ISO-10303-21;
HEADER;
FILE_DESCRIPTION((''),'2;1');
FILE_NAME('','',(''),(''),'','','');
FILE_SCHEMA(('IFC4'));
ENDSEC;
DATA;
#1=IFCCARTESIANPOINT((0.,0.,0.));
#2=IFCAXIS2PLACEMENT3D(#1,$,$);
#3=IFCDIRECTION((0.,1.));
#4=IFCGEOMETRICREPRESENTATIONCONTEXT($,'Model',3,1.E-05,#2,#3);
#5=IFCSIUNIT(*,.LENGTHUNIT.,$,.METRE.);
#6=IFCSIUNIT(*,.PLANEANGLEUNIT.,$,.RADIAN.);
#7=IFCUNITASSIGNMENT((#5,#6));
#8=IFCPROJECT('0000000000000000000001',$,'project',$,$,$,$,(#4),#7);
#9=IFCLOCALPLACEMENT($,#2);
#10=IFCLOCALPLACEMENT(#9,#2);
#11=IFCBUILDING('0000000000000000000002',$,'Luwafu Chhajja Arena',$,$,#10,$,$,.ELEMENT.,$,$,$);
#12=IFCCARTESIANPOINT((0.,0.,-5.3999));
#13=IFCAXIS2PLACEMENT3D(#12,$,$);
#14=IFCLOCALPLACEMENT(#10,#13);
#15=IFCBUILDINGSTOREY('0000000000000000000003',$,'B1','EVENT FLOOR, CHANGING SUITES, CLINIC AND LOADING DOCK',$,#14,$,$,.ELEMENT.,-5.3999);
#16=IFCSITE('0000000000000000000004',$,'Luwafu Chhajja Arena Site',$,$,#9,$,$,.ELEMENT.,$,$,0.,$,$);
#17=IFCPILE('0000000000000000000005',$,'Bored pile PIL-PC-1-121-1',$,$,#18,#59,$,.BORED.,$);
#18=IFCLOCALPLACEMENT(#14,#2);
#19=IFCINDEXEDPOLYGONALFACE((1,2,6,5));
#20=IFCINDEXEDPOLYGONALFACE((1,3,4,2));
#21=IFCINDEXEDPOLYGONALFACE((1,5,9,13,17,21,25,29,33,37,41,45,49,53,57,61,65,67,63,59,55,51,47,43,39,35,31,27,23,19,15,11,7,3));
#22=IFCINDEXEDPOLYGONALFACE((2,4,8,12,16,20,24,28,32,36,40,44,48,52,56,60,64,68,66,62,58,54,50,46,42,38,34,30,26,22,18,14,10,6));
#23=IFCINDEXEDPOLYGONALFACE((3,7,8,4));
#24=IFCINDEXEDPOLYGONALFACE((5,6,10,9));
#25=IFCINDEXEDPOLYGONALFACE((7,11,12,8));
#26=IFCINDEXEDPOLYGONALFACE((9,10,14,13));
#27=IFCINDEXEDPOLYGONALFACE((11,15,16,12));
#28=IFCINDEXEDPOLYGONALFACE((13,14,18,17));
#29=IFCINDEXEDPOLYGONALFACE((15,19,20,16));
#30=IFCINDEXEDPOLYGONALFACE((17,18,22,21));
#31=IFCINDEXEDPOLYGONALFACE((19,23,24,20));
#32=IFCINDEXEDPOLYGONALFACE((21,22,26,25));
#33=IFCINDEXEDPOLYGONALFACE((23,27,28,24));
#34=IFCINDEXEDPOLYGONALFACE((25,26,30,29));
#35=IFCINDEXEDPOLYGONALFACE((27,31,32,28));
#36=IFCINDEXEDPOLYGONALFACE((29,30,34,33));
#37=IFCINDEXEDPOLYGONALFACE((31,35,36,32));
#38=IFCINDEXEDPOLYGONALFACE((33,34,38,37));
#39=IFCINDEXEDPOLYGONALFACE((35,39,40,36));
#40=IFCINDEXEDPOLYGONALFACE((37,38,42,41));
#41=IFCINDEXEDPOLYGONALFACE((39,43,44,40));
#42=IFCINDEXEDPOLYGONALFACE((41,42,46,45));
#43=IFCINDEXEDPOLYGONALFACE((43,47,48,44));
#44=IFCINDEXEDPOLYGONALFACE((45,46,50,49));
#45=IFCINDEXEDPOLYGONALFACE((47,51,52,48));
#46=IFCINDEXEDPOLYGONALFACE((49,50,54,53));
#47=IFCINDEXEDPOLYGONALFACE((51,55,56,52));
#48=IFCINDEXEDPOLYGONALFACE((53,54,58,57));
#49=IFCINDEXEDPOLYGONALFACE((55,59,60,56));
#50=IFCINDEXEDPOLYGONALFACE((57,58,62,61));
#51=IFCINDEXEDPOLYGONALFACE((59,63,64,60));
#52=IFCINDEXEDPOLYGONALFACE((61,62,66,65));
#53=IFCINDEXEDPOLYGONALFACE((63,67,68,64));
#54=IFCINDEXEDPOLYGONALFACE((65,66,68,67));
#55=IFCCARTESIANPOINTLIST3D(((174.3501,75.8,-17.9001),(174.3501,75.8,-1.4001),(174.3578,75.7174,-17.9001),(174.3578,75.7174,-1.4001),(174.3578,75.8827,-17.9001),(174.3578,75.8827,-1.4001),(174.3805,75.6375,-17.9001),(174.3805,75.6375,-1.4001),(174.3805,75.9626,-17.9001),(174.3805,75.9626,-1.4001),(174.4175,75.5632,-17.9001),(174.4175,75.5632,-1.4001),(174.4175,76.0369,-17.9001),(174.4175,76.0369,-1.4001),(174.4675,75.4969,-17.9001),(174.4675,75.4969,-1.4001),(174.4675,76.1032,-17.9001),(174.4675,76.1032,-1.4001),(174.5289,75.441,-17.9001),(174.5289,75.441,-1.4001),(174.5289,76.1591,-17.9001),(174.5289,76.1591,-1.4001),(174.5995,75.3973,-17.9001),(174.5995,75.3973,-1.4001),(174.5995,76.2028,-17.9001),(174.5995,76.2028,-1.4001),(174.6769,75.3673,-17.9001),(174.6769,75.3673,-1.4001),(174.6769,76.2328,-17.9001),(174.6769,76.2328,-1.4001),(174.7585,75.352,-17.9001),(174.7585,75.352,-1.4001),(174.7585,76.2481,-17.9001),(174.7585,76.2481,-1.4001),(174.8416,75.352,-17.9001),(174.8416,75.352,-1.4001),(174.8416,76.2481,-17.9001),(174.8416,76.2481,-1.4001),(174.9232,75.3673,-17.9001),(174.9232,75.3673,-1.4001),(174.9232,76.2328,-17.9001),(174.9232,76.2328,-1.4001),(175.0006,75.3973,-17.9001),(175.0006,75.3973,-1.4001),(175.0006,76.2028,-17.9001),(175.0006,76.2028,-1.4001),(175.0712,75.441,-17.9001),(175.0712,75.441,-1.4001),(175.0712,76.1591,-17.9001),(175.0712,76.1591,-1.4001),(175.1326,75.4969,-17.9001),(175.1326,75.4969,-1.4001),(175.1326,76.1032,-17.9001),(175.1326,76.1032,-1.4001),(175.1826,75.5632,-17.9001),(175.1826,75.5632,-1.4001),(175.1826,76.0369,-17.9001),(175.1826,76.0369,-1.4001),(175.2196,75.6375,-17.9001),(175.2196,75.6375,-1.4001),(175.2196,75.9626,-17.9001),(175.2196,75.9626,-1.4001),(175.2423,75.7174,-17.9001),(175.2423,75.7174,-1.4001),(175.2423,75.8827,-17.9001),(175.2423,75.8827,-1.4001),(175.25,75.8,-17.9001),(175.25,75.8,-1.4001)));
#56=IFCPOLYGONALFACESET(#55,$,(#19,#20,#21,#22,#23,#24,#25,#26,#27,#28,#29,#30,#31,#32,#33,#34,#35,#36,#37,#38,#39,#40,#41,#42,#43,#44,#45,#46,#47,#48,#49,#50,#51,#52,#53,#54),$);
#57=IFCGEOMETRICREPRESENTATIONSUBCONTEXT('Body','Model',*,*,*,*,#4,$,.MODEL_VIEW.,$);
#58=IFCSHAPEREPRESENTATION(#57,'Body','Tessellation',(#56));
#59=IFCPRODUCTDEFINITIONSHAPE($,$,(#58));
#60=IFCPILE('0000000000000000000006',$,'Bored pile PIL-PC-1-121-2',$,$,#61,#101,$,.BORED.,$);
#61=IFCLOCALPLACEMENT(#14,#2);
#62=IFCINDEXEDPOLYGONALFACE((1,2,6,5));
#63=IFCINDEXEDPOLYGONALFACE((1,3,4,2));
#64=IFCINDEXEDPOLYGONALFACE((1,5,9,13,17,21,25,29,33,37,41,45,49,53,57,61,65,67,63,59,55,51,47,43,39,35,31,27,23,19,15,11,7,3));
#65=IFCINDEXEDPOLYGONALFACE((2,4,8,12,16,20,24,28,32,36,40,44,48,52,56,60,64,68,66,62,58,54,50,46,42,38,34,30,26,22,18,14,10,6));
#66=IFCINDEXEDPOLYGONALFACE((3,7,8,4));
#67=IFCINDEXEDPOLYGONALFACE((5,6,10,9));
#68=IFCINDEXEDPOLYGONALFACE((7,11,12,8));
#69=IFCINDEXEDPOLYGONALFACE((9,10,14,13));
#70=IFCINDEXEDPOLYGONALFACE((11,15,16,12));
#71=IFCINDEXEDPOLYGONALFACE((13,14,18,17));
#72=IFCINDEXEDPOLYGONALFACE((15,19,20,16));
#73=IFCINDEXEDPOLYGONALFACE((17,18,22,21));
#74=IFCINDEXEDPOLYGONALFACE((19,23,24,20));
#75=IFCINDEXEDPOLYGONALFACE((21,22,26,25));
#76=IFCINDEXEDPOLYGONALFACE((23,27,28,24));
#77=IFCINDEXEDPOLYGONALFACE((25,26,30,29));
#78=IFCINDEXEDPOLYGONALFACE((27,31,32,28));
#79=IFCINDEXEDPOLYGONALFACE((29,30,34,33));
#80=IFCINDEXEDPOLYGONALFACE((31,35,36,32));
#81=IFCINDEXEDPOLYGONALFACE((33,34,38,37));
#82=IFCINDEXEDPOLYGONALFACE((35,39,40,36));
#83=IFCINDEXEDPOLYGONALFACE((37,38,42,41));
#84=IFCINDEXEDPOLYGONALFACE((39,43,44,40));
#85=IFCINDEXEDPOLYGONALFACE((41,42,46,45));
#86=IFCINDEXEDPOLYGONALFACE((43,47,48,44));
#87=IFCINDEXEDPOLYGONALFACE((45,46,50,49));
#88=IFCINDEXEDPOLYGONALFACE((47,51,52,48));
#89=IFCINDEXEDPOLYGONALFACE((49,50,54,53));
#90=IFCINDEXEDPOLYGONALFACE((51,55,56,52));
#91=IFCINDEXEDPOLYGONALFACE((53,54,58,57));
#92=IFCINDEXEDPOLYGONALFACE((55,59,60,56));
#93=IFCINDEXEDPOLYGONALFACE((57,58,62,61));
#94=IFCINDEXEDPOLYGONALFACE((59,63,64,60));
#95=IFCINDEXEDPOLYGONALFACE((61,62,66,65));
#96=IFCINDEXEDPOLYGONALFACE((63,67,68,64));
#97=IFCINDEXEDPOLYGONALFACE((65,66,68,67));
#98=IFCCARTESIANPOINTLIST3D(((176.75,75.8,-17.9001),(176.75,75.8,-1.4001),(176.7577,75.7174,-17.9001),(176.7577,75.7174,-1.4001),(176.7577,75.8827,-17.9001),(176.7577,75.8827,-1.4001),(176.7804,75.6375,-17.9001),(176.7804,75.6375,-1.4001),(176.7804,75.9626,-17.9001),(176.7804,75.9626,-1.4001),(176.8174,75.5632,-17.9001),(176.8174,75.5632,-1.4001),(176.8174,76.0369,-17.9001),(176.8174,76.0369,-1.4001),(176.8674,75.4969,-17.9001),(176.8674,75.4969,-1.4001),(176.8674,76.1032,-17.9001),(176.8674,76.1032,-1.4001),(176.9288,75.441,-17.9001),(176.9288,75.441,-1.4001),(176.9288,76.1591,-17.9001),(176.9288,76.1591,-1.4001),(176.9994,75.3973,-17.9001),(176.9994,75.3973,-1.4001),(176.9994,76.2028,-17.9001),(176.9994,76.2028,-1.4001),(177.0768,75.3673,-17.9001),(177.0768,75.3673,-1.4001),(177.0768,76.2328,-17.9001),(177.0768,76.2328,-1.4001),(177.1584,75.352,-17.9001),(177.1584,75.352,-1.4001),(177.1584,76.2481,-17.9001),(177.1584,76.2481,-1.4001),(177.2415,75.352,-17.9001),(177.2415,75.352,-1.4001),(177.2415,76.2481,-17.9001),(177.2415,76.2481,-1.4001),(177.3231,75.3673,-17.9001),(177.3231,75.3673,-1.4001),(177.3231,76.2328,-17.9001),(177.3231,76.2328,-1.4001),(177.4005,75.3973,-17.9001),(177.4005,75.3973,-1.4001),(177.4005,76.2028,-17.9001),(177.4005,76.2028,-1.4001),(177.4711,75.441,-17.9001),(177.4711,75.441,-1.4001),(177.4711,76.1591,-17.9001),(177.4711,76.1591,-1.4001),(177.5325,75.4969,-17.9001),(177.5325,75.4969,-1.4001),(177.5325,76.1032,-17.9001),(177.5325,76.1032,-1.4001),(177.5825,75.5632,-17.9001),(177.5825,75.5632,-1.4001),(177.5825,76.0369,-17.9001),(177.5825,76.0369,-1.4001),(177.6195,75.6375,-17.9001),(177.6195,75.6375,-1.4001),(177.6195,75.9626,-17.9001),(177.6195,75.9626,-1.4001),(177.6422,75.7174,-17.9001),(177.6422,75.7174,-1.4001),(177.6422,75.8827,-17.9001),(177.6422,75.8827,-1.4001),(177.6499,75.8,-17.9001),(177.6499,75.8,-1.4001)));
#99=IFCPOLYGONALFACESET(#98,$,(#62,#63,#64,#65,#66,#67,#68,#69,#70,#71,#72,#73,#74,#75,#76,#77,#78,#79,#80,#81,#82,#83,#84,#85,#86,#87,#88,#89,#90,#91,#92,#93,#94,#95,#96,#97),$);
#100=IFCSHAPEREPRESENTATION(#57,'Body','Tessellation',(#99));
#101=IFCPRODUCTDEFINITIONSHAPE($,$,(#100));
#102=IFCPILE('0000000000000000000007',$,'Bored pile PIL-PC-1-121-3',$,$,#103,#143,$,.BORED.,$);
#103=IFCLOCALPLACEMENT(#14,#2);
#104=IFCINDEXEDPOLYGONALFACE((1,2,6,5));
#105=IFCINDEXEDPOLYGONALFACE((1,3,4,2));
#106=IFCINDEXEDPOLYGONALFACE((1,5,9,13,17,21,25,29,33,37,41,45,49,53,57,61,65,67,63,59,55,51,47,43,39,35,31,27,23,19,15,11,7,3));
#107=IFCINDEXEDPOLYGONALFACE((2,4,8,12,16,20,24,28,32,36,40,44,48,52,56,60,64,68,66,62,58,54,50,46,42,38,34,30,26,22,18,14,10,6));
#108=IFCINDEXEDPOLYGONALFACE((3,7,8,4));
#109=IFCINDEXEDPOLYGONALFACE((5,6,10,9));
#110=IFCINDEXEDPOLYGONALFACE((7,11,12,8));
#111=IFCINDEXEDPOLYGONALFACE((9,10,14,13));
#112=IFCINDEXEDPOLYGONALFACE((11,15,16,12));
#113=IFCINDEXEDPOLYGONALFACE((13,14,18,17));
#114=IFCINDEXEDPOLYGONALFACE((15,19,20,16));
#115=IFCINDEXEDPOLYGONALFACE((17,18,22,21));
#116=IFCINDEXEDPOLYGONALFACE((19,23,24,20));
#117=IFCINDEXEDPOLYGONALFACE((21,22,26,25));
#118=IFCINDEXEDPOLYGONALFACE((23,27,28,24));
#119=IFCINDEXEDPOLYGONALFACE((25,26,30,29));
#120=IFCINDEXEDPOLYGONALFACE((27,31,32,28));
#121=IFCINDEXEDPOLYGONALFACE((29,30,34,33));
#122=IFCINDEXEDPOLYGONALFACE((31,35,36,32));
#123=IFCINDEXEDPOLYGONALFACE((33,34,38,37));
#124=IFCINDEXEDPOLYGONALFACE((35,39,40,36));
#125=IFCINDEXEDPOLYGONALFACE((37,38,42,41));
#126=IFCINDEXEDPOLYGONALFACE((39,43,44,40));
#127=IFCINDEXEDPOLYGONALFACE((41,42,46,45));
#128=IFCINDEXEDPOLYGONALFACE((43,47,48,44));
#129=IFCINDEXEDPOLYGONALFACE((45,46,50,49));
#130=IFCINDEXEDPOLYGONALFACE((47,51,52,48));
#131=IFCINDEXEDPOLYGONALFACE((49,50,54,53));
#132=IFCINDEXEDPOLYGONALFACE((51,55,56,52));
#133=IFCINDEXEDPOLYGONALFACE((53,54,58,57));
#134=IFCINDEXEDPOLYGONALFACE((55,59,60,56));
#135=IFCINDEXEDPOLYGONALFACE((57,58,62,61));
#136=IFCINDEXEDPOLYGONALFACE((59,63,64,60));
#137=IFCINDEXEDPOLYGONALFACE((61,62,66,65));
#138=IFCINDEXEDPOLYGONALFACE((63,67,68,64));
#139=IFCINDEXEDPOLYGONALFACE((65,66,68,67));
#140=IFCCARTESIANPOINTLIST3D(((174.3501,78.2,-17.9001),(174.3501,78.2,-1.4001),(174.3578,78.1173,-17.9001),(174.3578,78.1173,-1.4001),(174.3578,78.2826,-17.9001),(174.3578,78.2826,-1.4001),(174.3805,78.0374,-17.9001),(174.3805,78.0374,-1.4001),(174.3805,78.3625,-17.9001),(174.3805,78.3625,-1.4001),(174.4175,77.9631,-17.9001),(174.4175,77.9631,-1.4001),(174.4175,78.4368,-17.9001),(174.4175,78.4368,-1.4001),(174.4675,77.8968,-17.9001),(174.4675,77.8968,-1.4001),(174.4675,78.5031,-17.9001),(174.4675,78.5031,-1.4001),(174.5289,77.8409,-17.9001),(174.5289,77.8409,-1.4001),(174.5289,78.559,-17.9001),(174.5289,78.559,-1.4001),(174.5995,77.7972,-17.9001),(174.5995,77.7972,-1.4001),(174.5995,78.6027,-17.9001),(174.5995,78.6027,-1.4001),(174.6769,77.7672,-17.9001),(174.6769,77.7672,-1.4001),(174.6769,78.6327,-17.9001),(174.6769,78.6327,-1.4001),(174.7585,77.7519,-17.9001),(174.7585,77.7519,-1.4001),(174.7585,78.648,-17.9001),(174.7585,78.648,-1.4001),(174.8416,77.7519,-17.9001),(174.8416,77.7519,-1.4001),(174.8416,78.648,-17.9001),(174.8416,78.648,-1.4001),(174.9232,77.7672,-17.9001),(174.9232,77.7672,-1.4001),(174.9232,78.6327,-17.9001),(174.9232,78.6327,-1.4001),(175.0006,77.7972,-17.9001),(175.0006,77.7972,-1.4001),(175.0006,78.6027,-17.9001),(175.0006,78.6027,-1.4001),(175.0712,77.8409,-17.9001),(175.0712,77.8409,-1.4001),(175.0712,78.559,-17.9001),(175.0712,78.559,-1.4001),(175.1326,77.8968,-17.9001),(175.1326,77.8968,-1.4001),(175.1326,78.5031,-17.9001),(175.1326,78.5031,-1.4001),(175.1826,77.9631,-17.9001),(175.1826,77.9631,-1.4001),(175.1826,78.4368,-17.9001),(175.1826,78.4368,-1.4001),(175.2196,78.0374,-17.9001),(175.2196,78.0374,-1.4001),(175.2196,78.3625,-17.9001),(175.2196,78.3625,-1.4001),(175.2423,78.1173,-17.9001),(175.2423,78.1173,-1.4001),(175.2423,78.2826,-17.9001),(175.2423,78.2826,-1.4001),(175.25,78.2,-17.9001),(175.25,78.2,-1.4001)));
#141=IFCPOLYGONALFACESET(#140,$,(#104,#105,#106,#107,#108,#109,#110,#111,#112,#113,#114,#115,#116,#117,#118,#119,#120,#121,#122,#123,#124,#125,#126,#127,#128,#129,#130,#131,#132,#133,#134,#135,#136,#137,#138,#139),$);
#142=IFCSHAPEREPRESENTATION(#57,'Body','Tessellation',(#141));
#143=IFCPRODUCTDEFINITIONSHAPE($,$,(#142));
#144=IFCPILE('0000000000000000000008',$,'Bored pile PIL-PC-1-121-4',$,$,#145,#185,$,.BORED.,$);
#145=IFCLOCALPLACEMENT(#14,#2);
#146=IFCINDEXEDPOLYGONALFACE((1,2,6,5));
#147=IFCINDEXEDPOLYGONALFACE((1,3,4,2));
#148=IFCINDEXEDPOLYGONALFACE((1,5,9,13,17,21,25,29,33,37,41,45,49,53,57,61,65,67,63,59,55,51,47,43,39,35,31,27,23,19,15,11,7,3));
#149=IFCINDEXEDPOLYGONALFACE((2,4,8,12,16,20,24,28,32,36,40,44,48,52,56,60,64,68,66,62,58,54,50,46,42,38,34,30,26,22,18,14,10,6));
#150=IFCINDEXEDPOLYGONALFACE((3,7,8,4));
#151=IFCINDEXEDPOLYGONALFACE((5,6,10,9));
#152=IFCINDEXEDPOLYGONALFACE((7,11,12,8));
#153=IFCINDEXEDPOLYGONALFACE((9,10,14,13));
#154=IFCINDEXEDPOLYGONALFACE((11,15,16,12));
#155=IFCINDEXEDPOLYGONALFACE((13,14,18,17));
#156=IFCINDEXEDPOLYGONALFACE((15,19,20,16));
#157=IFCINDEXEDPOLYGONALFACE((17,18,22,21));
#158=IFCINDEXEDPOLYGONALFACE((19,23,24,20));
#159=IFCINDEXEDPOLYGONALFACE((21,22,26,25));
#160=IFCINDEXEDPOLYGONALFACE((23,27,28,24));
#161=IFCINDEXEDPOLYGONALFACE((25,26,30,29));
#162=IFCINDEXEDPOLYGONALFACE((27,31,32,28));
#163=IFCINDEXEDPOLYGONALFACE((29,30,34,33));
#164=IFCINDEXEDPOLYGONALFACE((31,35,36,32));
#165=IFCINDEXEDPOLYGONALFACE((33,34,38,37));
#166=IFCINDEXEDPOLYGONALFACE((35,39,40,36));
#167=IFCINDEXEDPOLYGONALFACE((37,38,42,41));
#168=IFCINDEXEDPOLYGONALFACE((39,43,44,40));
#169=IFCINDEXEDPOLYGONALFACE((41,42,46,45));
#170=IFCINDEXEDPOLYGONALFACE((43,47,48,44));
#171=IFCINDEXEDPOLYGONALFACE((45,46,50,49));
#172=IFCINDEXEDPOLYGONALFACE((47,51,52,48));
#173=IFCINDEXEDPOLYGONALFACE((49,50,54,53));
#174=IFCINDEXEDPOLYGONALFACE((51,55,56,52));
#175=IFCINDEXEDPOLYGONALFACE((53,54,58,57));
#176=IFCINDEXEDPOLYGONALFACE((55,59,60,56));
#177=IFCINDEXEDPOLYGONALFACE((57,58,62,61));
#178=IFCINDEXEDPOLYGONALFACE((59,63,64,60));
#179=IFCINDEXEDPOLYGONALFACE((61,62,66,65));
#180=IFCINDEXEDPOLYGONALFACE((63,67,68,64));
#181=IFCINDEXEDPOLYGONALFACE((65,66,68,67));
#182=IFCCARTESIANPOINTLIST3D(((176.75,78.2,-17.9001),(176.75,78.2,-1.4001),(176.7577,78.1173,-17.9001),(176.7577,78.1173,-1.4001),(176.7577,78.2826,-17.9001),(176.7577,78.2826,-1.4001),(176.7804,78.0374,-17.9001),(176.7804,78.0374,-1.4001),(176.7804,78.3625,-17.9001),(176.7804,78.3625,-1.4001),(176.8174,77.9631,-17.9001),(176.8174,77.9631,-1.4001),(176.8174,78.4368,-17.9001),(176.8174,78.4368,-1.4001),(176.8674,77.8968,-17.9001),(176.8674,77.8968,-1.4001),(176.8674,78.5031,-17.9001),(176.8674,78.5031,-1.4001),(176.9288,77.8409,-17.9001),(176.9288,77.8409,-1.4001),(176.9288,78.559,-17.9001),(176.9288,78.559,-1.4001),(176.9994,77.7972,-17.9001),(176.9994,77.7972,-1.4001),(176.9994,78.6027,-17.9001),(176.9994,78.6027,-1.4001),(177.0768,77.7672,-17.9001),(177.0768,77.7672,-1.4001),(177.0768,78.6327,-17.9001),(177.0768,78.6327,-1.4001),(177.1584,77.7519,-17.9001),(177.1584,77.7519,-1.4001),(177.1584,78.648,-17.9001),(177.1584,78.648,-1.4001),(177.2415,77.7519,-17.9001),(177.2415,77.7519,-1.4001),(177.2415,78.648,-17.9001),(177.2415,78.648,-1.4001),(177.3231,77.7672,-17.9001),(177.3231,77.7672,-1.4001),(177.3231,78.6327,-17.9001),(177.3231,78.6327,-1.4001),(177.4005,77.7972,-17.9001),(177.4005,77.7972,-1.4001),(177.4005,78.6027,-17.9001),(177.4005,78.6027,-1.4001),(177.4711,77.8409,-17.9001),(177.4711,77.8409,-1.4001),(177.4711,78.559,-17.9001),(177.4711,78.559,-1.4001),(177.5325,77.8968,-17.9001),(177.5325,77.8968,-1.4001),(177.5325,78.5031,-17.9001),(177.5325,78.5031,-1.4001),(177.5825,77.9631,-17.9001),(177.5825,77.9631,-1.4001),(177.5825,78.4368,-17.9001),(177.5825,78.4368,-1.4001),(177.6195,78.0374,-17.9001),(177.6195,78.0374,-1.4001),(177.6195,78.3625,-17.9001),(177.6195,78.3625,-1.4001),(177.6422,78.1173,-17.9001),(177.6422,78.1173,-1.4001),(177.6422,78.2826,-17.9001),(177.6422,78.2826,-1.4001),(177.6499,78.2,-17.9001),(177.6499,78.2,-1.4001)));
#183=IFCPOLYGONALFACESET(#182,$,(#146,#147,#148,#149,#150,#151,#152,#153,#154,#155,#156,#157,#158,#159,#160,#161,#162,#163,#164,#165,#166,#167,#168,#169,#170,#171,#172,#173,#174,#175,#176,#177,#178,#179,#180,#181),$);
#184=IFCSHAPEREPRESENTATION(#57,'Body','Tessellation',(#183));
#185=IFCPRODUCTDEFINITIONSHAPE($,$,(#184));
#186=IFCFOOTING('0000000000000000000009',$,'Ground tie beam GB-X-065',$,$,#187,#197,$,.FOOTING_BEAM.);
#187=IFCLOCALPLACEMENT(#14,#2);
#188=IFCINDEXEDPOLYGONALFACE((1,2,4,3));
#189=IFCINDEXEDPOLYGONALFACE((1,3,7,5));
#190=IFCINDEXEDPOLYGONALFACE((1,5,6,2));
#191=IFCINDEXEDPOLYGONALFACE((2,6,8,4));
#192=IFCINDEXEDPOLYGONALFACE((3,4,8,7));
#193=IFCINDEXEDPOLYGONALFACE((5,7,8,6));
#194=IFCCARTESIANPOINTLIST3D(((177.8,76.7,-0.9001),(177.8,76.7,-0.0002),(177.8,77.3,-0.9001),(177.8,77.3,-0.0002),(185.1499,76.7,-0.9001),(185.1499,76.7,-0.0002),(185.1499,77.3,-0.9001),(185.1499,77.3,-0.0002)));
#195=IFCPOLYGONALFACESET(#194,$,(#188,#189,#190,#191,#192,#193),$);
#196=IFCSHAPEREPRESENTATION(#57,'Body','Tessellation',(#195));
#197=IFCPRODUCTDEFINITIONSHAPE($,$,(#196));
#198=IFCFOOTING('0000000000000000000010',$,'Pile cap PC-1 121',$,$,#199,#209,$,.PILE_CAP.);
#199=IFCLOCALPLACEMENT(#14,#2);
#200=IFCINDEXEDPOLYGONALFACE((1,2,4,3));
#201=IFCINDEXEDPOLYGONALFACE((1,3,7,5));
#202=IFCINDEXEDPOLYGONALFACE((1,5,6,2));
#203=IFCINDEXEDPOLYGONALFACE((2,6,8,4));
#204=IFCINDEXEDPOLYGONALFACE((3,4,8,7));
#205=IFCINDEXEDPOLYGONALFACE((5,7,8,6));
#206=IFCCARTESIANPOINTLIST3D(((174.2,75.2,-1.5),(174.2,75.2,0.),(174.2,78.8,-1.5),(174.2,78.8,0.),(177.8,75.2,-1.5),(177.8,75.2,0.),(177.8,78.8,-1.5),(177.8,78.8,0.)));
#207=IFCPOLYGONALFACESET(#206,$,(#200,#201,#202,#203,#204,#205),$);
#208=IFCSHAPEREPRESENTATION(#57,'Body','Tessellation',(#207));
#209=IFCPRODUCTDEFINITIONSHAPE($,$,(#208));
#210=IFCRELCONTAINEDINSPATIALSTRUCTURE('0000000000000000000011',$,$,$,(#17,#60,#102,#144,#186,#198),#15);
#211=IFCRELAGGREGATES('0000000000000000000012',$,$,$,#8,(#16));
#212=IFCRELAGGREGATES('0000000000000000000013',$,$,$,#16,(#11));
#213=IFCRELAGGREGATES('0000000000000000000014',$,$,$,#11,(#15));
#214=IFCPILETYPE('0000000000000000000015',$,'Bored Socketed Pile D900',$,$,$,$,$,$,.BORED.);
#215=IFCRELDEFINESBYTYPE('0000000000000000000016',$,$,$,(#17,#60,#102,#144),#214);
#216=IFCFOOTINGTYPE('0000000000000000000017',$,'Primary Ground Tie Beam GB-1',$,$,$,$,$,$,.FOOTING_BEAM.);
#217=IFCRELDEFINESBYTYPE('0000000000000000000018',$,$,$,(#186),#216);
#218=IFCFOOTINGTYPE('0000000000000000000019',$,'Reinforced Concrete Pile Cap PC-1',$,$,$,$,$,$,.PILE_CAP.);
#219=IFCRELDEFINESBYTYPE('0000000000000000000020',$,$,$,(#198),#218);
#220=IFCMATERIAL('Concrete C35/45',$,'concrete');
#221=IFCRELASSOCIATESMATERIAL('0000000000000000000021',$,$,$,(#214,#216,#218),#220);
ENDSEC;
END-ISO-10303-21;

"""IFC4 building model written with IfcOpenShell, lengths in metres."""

from ifc_helpers import new_model, si_unit, direction, frame, origin, origin_2d, place, context, subcontext, project, spatial, rectangle, circle, extrude, material, material_profile, profile_set, type_object, element, save


model = new_model("IFC4")

# Units and contexts
model_context = context("Model", 3, precision=1e-05, world=origin(), true_north=direction((0.0, 1.0)))
body_context = subcontext(model_context, "Body", "Model", "MODEL_VIEW")
ifc_project = project(units=[si_unit("LENGTHUNIT", "METRE"), si_unit("PLANEANGLEUNIT", "RADIAN")], contexts=[model_context])

# Site, building, storey
site_placement = place(None, origin())
site = spatial("IfcSite", under=ifc_project, at=site_placement, Name="Luwafu Chhajja Arena Site", CompositionType="ELEMENT", RefElevation=0.0)
building_placement = place(site_placement, origin())
building = spatial("IfcBuilding", under=site, at=building_placement, Name="Luwafu Chhajja Arena", CompositionType="ELEMENT")
storey_placement = place(building_placement, frame((0.0, 0.0, -5.3999)))
storey = spatial("IfcBuildingStorey", under=building, at=storey_placement, Name="B1", Description="EVENT FLOOR, CHANGING SUITES, CLINIC AND LOADING DOCK", CompositionType="ELEMENT", Elevation=-5.3999)

# Shared definitions
ifc_material_1 = material(Name="Concrete C35/45", Category="concrete")

# Piles
ifc_material_profile_1 = material_profile(ifc_material_1, circle(Radius=0.45, at=origin_2d()), Name="PILE D900")
ifc_profile_set_1 = profile_set([ifc_material_profile_1], Name="Concrete C35/45")
pile_type_1 = type_object("IfcPileType", Name="Bored Socketed Pile D900", PredefinedType="BORED", material=ifc_profile_set_1)
for number, where, z_axis, x_axis, name in (
    (1, (174.8, 75.8, -1.4001), (0.0, 0.0, -1.0), (1.0, 0.0, 0.0), "Bored pile PIL-PC-1-121-1"),
    (2, (177.2, 75.8, -1.4001), (0.0, 0.0, -1.0), (1.0, 0.0, 0.0), "Bored pile PIL-PC-1-121-2"),
    (3, (174.8, 78.2, -1.4001), (0.0, 0.0, -1.0), (1.0, 0.0, 0.0), "Bored pile PIL-PC-1-121-3"),
    (4, (177.2, 78.2, -1.4001), (0.0, 0.0, -1.0), (1.0, 0.0, 0.0), "Bored pile PIL-PC-1-121-4"),
):
    element("IfcPile", number, at=place(storey_placement, frame(where, z_axis=z_axis, x_axis=x_axis)), inside=storey, type_object=pile_type_1, Name=name, PredefinedType="BORED", context=body_context, shape_type="SweptSolid", body=[
        extrude(circle(Radius=0.45, at=origin_2d()), origin(), (0.0, 0.0, 1.0), 16.5),
    ])

# Footings
ifc_material_profile_2 = material_profile(ifc_material_1, rectangle(XDim=0.6001, YDim=0.8999, at=origin_2d()), Name="RC 600x900")
ifc_profile_set_2 = profile_set([ifc_material_profile_2], Name="Concrete C35/45")
footing_type_1 = type_object("IfcFootingType", Name="Primary Ground Tie Beam GB-1", PredefinedType="FOOTING_BEAM", material=ifc_profile_set_2)
footing_1_placement = place(storey_placement, frame((177.8, 77.0, -0.4502), z_axis=(1.0, 0.0, 0.0), x_axis=(0.0, 1.0, 0.0)))
element("IfcFooting", 5, at=footing_1_placement, inside=storey, type_object=footing_type_1, Name="Ground tie beam GB-X-065", PredefinedType="FOOTING_BEAM", context=body_context, shape_type="SweptSolid", body=[
    extrude(rectangle(XDim=0.6001, YDim=0.8999, at=origin_2d()), origin(), (0.0, 0.0, 1.0), 7.3499),
])
footing_type_2 = type_object("IfcFootingType", Name="Reinforced Concrete Pile Cap PC-1", PredefinedType="PILE_CAP", material=ifc_material_1)
footing_2_placement = place(storey_placement, frame((176.0, 77.0, -1.5), z_axis=(0.0, 0.0, 1.0), x_axis=(1.0, 0.0, 0.0)))
element("IfcFooting", 6, at=footing_2_placement, inside=storey, type_object=footing_type_2, Name="Pile cap PC-1 121", PredefinedType="PILE_CAP", context=body_context, shape_type="SweptSolid", body=[
    extrude(rectangle(XDim=3.6001, YDim=3.6001, at=origin_2d()), origin(), (0.0, 0.0, 1.0), 1.5),
])

save(model, "model.ifc")
